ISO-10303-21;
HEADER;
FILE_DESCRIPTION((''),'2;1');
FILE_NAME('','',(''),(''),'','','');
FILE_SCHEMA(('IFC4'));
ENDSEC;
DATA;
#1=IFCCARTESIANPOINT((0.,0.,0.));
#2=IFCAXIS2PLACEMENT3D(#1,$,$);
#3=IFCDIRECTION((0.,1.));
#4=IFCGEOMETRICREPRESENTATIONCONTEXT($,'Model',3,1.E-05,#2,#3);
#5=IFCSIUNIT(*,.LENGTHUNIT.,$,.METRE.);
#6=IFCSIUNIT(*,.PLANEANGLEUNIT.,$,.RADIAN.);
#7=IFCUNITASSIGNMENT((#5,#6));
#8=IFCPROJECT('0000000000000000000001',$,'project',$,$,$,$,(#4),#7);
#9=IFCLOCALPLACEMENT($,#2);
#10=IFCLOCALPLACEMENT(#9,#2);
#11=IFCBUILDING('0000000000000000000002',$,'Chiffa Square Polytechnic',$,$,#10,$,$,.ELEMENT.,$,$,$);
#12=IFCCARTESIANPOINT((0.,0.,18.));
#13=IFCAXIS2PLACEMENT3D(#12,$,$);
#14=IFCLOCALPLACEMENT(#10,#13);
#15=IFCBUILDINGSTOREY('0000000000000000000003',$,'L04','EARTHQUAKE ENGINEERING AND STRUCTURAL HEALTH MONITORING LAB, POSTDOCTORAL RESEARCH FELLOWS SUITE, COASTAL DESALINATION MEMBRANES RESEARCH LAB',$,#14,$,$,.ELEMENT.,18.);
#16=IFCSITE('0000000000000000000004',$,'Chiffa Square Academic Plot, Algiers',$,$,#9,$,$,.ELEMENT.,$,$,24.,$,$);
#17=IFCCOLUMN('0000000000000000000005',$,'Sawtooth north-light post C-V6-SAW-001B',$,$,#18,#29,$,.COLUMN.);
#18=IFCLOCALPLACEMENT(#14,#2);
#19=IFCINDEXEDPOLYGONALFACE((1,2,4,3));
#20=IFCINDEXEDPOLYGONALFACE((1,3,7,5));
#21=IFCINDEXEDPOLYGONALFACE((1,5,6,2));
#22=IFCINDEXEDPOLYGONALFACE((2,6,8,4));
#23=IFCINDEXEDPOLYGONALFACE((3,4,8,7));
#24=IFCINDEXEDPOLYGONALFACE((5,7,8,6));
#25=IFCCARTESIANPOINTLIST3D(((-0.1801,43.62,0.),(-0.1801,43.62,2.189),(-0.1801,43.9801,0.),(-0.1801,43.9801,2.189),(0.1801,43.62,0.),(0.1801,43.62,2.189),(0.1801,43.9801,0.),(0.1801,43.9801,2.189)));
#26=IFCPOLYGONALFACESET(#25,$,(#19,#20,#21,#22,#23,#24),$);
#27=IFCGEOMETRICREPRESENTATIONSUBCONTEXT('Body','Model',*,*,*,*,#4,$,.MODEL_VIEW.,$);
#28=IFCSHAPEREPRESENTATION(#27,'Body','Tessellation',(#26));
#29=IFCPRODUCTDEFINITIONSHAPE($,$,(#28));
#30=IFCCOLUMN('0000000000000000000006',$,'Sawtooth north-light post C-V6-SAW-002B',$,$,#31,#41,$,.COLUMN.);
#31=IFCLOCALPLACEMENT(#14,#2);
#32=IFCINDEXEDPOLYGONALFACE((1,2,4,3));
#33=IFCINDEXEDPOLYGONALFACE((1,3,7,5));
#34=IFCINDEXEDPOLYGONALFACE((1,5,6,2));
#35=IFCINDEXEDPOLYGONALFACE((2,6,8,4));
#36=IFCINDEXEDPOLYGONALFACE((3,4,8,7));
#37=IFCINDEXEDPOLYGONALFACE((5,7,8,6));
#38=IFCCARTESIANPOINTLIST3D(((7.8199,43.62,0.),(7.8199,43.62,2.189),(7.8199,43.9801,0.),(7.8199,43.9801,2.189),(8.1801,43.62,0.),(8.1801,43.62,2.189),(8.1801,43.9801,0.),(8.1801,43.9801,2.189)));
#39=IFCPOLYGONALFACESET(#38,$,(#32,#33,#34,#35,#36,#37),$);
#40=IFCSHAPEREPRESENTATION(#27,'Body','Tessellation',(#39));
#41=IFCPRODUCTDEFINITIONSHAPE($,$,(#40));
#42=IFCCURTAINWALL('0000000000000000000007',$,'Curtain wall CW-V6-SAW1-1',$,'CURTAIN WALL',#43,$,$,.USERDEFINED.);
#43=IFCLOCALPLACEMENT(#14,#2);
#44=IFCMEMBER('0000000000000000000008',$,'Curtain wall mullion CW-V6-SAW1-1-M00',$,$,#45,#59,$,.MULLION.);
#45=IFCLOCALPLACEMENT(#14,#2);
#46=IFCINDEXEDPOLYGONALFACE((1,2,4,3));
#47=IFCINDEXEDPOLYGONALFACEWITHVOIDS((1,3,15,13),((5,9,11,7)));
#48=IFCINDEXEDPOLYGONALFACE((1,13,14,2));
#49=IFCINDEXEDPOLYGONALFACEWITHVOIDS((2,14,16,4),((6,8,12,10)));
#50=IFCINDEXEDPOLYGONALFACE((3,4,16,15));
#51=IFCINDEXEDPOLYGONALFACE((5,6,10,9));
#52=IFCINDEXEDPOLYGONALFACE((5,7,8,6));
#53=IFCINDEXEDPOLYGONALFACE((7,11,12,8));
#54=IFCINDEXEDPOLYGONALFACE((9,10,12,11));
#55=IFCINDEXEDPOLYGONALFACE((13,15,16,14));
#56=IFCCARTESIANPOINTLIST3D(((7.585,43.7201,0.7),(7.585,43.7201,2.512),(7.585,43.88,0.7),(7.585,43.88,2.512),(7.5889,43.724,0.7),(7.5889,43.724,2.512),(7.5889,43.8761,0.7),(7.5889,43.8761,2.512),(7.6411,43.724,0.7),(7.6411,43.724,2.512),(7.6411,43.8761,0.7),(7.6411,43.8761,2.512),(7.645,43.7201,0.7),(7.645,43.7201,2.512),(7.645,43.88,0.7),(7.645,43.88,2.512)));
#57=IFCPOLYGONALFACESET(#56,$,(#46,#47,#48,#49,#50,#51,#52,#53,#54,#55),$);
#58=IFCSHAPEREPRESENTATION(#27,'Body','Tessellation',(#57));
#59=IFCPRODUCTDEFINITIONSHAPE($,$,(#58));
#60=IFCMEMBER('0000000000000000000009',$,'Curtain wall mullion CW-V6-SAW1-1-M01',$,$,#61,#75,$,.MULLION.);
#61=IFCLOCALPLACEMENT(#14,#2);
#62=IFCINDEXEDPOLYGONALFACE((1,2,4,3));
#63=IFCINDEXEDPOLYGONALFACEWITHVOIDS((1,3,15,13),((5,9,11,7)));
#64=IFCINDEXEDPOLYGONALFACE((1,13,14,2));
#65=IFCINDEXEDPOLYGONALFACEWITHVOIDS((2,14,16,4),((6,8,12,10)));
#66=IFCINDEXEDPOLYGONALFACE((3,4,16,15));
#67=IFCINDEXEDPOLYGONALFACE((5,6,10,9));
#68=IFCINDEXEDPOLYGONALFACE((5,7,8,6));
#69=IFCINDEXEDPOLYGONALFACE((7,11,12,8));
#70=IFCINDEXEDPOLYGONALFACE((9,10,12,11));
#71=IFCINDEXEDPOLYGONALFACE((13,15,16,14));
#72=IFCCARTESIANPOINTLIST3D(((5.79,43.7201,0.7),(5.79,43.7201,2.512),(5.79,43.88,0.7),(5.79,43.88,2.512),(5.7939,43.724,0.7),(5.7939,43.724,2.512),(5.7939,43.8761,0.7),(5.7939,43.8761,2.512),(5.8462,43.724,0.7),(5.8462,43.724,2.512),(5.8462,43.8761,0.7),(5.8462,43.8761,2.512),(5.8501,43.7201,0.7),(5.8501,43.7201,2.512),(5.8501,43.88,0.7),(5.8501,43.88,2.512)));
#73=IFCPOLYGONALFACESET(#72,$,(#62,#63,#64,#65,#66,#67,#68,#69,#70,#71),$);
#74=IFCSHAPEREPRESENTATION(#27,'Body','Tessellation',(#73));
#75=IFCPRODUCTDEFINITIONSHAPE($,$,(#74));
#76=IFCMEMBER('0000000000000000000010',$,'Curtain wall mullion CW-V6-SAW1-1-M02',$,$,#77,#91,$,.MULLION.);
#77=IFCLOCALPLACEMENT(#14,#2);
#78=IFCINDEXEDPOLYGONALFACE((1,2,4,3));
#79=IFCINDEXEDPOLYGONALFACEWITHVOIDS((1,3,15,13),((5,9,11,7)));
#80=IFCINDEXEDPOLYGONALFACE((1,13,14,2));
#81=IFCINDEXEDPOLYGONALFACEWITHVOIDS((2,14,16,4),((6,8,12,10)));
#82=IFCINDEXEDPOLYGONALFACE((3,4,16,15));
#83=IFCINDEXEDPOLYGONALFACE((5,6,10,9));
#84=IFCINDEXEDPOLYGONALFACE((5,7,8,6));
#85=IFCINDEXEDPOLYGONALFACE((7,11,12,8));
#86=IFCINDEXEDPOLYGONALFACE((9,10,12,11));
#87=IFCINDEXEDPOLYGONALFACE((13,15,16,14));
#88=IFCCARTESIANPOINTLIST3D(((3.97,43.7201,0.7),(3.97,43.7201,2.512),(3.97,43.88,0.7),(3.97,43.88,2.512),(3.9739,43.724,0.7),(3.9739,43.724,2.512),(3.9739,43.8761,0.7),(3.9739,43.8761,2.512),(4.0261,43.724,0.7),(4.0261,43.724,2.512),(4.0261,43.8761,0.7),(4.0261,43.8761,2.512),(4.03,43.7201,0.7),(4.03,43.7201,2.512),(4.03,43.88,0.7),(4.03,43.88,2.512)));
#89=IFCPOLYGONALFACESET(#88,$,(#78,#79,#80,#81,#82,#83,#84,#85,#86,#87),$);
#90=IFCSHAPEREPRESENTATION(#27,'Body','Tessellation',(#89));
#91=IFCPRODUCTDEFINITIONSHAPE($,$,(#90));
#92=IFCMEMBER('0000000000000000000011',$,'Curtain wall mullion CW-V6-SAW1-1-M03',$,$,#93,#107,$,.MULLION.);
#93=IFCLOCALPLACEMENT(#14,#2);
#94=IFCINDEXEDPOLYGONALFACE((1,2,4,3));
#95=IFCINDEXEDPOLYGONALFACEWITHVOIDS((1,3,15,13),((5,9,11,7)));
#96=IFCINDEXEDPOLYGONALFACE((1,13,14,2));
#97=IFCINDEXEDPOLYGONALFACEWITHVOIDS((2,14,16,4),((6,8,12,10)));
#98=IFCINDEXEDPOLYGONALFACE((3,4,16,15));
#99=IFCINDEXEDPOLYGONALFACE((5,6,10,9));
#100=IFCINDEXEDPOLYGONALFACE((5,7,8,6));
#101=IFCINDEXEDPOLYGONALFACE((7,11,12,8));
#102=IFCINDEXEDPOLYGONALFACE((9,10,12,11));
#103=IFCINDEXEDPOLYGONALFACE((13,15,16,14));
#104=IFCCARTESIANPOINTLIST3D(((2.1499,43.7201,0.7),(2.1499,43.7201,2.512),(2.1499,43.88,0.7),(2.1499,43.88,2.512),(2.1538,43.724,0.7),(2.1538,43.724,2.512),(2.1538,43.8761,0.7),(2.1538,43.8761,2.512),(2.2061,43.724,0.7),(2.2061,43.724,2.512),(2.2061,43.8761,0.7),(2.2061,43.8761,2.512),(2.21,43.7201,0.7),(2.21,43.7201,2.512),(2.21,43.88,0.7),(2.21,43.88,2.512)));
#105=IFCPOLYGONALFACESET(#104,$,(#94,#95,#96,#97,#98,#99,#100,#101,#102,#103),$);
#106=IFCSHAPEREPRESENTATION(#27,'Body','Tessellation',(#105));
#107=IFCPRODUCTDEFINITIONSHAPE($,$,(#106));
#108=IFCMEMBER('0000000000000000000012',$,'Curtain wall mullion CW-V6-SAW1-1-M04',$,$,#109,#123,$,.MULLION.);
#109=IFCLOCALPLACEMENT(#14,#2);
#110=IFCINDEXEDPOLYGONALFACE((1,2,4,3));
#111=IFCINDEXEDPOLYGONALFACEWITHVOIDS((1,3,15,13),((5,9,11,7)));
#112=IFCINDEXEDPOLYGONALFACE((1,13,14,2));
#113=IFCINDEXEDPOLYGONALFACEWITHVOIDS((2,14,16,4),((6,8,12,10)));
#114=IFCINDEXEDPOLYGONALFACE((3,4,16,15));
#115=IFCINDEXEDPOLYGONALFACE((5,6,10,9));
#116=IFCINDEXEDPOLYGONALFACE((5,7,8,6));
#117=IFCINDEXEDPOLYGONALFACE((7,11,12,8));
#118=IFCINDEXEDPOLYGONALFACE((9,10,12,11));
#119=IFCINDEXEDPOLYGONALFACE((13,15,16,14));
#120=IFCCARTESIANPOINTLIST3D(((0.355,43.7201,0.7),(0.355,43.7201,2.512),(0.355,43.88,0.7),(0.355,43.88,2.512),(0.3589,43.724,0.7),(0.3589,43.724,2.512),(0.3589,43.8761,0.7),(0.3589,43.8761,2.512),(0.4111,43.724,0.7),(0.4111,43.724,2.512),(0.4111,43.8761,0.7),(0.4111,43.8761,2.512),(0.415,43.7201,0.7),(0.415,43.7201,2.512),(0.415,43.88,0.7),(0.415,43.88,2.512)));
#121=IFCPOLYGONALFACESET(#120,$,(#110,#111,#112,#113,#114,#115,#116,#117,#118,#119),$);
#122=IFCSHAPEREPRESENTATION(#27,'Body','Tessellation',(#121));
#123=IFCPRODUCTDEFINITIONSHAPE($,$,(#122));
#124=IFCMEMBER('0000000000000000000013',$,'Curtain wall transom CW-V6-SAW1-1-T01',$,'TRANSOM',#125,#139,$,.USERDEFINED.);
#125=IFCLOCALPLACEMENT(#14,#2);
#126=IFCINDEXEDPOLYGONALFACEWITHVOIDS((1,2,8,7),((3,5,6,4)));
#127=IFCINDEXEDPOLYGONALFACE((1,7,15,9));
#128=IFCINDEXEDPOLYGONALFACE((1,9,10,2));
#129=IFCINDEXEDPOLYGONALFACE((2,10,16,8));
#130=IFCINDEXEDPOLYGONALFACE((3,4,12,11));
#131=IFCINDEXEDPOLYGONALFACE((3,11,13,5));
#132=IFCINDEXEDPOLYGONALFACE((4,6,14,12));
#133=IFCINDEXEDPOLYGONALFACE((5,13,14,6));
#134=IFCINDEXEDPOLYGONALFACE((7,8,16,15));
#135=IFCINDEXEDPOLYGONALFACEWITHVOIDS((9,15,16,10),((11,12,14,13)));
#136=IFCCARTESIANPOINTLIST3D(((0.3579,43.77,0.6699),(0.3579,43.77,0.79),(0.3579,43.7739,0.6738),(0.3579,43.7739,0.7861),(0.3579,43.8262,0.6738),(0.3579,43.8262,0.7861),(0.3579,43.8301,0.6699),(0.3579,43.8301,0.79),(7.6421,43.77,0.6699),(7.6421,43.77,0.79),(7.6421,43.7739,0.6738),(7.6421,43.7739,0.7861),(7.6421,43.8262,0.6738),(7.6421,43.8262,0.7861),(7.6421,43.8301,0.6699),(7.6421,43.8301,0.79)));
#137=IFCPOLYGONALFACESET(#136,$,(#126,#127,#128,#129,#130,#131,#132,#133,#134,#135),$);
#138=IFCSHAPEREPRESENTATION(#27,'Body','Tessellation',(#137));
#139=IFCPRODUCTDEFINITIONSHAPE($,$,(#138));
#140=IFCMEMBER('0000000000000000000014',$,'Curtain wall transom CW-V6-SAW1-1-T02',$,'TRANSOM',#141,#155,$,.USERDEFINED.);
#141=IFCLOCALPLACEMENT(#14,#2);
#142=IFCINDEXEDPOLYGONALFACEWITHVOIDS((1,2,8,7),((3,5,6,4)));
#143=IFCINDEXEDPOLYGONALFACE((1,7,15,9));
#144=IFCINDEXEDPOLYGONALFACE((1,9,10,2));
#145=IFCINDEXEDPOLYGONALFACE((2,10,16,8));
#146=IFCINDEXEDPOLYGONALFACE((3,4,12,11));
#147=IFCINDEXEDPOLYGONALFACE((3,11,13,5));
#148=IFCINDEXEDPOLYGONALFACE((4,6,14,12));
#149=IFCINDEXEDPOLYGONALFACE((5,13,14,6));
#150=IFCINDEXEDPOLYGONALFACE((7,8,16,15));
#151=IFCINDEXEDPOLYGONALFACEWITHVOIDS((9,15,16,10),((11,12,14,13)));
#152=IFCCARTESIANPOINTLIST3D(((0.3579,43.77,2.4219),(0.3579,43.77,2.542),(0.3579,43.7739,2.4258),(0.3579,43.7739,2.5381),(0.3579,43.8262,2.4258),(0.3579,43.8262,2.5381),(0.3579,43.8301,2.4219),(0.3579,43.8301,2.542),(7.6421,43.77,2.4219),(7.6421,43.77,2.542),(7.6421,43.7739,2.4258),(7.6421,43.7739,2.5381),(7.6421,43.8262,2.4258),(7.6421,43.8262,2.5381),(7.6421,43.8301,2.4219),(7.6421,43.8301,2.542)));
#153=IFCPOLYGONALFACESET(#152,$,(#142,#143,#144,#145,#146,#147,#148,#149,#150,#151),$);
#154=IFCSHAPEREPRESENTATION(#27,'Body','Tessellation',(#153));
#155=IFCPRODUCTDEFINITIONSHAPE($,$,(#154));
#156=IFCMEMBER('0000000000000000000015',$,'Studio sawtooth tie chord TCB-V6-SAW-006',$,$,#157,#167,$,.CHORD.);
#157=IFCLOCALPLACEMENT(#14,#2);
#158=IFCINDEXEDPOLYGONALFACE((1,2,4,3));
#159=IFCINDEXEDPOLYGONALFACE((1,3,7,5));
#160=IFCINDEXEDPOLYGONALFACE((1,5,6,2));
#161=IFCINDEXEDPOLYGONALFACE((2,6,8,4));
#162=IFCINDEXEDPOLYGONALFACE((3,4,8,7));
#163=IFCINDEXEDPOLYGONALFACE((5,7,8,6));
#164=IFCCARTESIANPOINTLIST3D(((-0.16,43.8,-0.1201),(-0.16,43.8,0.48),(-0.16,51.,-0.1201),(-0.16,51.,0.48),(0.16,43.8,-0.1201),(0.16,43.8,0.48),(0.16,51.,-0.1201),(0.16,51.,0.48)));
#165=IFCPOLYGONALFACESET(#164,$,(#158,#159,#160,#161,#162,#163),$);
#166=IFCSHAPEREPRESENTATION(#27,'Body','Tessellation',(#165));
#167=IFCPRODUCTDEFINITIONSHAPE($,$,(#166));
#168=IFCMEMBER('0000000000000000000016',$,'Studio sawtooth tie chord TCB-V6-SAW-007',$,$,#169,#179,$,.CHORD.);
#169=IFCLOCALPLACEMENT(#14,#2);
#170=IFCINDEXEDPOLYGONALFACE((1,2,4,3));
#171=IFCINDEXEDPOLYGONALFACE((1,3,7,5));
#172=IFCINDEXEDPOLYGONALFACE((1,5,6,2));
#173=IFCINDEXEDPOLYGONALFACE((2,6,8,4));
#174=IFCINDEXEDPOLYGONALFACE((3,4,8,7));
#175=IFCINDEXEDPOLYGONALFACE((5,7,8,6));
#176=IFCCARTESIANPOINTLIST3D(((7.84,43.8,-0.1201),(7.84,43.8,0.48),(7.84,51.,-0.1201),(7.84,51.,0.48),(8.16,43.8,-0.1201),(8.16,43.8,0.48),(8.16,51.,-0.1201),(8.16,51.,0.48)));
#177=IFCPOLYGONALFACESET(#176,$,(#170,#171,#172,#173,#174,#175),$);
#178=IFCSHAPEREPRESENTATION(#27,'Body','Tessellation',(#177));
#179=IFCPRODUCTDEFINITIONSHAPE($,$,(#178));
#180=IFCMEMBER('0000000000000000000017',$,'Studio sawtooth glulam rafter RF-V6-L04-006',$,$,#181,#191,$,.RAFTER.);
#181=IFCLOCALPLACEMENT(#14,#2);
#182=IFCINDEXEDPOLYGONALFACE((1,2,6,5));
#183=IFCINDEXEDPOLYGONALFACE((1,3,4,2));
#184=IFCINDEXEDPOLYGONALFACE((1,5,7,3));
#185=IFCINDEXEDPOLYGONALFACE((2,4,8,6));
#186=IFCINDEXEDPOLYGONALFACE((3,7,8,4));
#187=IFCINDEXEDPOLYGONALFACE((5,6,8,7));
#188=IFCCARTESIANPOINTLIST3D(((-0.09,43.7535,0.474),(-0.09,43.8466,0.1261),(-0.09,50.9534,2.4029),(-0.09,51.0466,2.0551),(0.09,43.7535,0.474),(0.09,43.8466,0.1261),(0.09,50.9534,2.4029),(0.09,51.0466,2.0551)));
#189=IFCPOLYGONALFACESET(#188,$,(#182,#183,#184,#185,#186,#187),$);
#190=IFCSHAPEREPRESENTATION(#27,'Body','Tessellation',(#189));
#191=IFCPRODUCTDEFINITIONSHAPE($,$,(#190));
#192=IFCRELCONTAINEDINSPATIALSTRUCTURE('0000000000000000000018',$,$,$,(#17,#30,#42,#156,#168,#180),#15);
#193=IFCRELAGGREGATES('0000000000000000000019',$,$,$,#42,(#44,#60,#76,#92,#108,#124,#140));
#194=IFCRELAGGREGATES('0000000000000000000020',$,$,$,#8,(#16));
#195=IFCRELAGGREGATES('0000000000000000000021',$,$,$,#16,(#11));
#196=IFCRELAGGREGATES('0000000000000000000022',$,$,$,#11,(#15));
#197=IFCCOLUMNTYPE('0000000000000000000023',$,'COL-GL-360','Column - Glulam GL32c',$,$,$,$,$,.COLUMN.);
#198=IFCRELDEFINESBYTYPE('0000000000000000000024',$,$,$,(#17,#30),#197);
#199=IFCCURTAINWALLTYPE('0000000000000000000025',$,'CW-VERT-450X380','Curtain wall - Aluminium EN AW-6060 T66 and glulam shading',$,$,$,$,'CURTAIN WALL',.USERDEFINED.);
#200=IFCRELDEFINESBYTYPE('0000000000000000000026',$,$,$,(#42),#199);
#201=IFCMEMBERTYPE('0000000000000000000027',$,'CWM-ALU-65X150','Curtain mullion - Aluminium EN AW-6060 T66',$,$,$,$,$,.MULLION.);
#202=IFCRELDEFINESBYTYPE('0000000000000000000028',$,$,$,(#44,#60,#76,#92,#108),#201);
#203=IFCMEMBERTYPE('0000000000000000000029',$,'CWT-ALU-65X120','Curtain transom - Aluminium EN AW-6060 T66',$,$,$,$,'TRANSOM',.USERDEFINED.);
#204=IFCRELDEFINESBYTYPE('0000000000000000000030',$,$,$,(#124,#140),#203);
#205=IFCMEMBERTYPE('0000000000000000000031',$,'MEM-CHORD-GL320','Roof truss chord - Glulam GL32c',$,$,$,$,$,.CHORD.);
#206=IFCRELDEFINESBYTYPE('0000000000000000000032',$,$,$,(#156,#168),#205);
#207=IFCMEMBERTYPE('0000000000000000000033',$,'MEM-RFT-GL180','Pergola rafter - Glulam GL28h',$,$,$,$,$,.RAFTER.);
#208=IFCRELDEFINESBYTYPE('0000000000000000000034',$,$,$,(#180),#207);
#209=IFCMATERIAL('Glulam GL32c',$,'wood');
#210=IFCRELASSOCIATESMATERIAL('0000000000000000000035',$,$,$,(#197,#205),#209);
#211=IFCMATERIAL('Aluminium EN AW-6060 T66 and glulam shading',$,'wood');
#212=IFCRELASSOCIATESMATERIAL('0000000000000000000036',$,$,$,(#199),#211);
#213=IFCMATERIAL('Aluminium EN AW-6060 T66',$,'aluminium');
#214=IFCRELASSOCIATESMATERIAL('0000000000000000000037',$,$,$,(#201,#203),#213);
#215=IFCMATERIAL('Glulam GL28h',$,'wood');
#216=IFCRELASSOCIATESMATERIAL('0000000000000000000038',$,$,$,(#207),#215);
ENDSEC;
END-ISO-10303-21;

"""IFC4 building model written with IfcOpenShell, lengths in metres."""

from ifc_helpers import new_model, si_unit, direction, frame, origin, origin_2d, place, context, subcontext, project, spatial, rectangle, hollow_rectangle, extrude, material, material_profile, profile_set, type_object, element, aggregate, save


model = new_model("IFC4")

# Units and contexts
model_context = context("Model", 3, precision=1e-05, world=origin(), true_north=direction((0.0, 1.0)))
body_context = subcontext(model_context, "Body", "Model", "MODEL_VIEW")
ifc_project = project(units=[si_unit("LENGTHUNIT", "METRE"), si_unit("PLANEANGLEUNIT", "RADIAN")], contexts=[model_context])

# Site, building, storey
site_placement = place(None, origin())
site = spatial("IfcSite", under=ifc_project, at=site_placement, Name="Chiffa Square Academic Plot, Algiers", CompositionType="ELEMENT", RefElevation=24.0)
building_placement = place(site_placement, origin())
building = spatial("IfcBuilding", under=site, at=building_placement, Name="Chiffa Square Polytechnic", CompositionType="ELEMENT")
storey_placement = place(building_placement, frame((0.0, 0.0, 18.0)))
storey = spatial("IfcBuildingStorey", under=building, at=storey_placement, Name="L04", Description="EARTHQUAKE ENGINEERING AND STRUCTURAL HEALTH MONITORING LAB, POSTDOCTORAL RESEARCH FELLOWS SUITE, COASTAL DESALINATION MEMBRANES RESEARCH LAB", CompositionType="ELEMENT", Elevation=18.0)

# Columns
ifc_material_1 = material(Name="Glulam GL32c", Category="wood")
ifc_material_profile_1 = material_profile(ifc_material_1, rectangle(XDim=0.3601, YDim=0.3601, at=origin_2d()), Name="GL32c 360x360")
ifc_profile_set_1 = profile_set([ifc_material_profile_1], Name="Glulam GL32c")
column_type = type_object("IfcColumnType", Name="COL-GL-360", Description="Column - Glulam GL32c", PredefinedType="COLUMN", material=ifc_profile_set_1)
for number, where, z_axis, x_axis, name in (
    (1, (0.0, 43.8, 0.0), (0.0, 0.0, 1.0), (1.0, 0.0, 0.0), "Sawtooth north-light post C-V6-SAW-001B"),
    (2, (8.0, 43.8, 0.0), (0.0, 0.0, 1.0), (1.0, 0.0, 0.0), "Sawtooth north-light post C-V6-SAW-002B"),
):
    element("IfcColumn", number, at=place(storey_placement, frame(where, z_axis=z_axis, x_axis=x_axis)), inside=storey, type_object=column_type, Name=name, PredefinedType="COLUMN", context=body_context, shape_type="SweptSolid", body=[
        extrude(rectangle(XDim=0.3601, YDim=0.3601, at=origin_2d()), origin(), (0.0, 0.0, 1.0), 2.189),
    ])

# Curtain wall, members
ifc_material_2 = material(Name="Aluminium EN AW-6060 T66 and glulam shading", Category="wood")
curtain_wall_type = type_object("IfcCurtainWallType", Name="CW-VERT-450X380", Description="Curtain wall - Aluminium EN AW-6060 T66 and glulam shading", ElementType="CURTAIN WALL", PredefinedType="USERDEFINED", material=ifc_material_2)
curtain_wall_placement = place(storey_placement, origin())
curtain_wall = element("IfcCurtainWall", 3, at=curtain_wall_placement, inside=storey, type_object=curtain_wall_type, Name="Curtain wall CW-V6-SAW1-1", ObjectType="CURTAIN WALL", PredefinedType="USERDEFINED")
ifc_material_3 = material(Name="Aluminium EN AW-6060 T66", Category="aluminium")
ifc_material_profile_2 = material_profile(ifc_material_3, hollow_rectangle(XDim=0.0601, YDim=0.1599, WallThickness=0.0039, at=origin_2d()), Name="ALU 60x160x4")
ifc_profile_set_2 = profile_set([ifc_material_profile_2], Name="Aluminium EN AW-6060 T66")
member_type_1 = type_object("IfcMemberType", Name="CWM-ALU-65X150", Description="Curtain mullion - Aluminium EN AW-6060 T66", PredefinedType="MULLION", material=ifc_profile_set_2)
member_1_placement = place(storey_placement, frame((7.615, 43.8, 0.7), z_axis=(0.0, 0.0, 1.0), x_axis=(1.0, 0.0, 0.0)))
member_1 = element("IfcMember", 4, at=member_1_placement, type_object=member_type_1, Name="Curtain wall mullion CW-V6-SAW1-1-M00", PredefinedType="MULLION", context=body_context, shape_type="SweptSolid", body=[
    extrude(hollow_rectangle(XDim=0.0601, YDim=0.1599, WallThickness=0.0039, at=origin_2d()), origin(), (0.0, 0.0, 1.0), 1.812),
])
member_2_placement = place(storey_placement, frame((5.8201, 43.8, 0.7), z_axis=(0.0, 0.0, 1.0), x_axis=(1.0, 0.0, 0.0)))
member_2 = element("IfcMember", 5, at=member_2_placement, type_object=member_type_1, Name="Curtain wall mullion CW-V6-SAW1-1-M01", PredefinedType="MULLION", context=body_context, shape_type="SweptSolid", body=[
    extrude(hollow_rectangle(XDim=0.0601, YDim=0.1599, WallThickness=0.0039, at=origin_2d()), origin(), (0.0, 0.0, 1.0), 1.812),
])
member_3_placement = place(storey_placement, frame((4.0, 43.8, 0.7), z_axis=(0.0, 0.0, 1.0), x_axis=(1.0, 0.0, 0.0)))
member_3 = element("IfcMember", 6, at=member_3_placement, type_object=member_type_1, Name="Curtain wall mullion CW-V6-SAW1-1-M02", PredefinedType="MULLION", context=body_context, shape_type="SweptSolid", body=[
    extrude(hollow_rectangle(XDim=0.0601, YDim=0.1599, WallThickness=0.0039, at=origin_2d()), origin(), (0.0, 0.0, 1.0), 1.812),
])
member_4_placement = place(storey_placement, frame((2.1799, 43.8, 0.7), z_axis=(0.0, 0.0, 1.0), x_axis=(1.0, 0.0, 0.0)))
member_4 = element("IfcMember", 7, at=member_4_placement, type_object=member_type_1, Name="Curtain wall mullion CW-V6-SAW1-1-M03", PredefinedType="MULLION", context=body_context, shape_type="SweptSolid", body=[
    extrude(hollow_rectangle(XDim=0.0601, YDim=0.1599, WallThickness=0.0039, at=origin_2d()), origin(), (0.0, 0.0, 1.0), 1.812),
])
member_5_placement = place(storey_placement, frame((0.385, 43.8, 0.7), z_axis=(0.0, 0.0, 1.0), x_axis=(1.0, 0.0, 0.0)))
member_5 = element("IfcMember", 8, at=member_5_placement, type_object=member_type_1, Name="Curtain wall mullion CW-V6-SAW1-1-M04", PredefinedType="MULLION", context=body_context, shape_type="SweptSolid", body=[
    extrude(hollow_rectangle(XDim=0.0601, YDim=0.1599, WallThickness=0.0039, at=origin_2d()), origin(), (0.0, 0.0, 1.0), 1.812),
])
ifc_material_profile_3 = material_profile(ifc_material_3, hollow_rectangle(XDim=0.0601, YDim=0.1201, WallThickness=0.0039, at=origin_2d()), Name="ALU 60x120x4")
ifc_profile_set_3 = profile_set([ifc_material_profile_3], Name="Aluminium EN AW-6060 T66")
member_type_2 = type_object("IfcMemberType", Name="CWT-ALU-65X120", Description="Curtain transom - Aluminium EN AW-6060 T66", ElementType="TRANSOM", PredefinedType="USERDEFINED", material=ifc_profile_set_3)
member_6_placement = place(storey_placement, frame((7.6421, 43.8, 0.73), z_axis=(-1.0, 0.0, 0.0), x_axis=(0.0, -1.0, 0.0)))
member_6 = element("IfcMember", 9, at=member_6_placement, type_object=member_type_2, Name="Curtain wall transom CW-V6-SAW1-1-T01", ObjectType="TRANSOM", PredefinedType="USERDEFINED", context=body_context, shape_type="SweptSolid", body=[
    extrude(hollow_rectangle(XDim=0.0601, YDim=0.1201, WallThickness=0.0039, at=origin_2d()), origin(), (0.0, 0.0, 1.0), 7.2842),
])
member_7_placement = place(storey_placement, frame((7.6421, 43.8, 2.4819), z_axis=(-1.0, 0.0, 0.0), x_axis=(0.0, -1.0, 0.0)))
member_7 = element("IfcMember", 10, at=member_7_placement, type_object=member_type_2, Name="Curtain wall transom CW-V6-SAW1-1-T02", ObjectType="TRANSOM", PredefinedType="USERDEFINED", context=body_context, shape_type="SweptSolid", body=[
    extrude(hollow_rectangle(XDim=0.0601, YDim=0.1201, WallThickness=0.0039, at=origin_2d()), origin(), (0.0, 0.0, 1.0), 7.2842),
])

# Members
ifc_material_profile_4 = material_profile(ifc_material_1, rectangle(XDim=0.3201, YDim=0.6001, at=origin_2d()), Name="GL32c 320x600")
ifc_profile_set_4 = profile_set([ifc_material_profile_4], Name="Glulam GL32c")
member_type_3 = type_object("IfcMemberType", Name="MEM-CHORD-GL320", Description="Roof truss chord - Glulam GL32c", PredefinedType="CHORD", material=ifc_profile_set_4)
for number, where, z_axis, x_axis, name in (
    (11, (0.0, 43.8, 0.1799), (0.0, 1.0, 0.0), (-1.0, 0.0, 0.0), "Studio sawtooth tie chord TCB-V6-SAW-006"),
    (12, (8.0, 43.8, 0.1799), (0.0, 1.0, 0.0), (-1.0, 0.0, 0.0), "Studio sawtooth tie chord TCB-V6-SAW-007"),
):
    element("IfcMember", number, at=place(storey_placement, frame(where, z_axis=z_axis, x_axis=x_axis)), inside=storey, type_object=member_type_3, Name=name, PredefinedType="CHORD", context=body_context, shape_type="SweptSolid", body=[
        extrude(rectangle(XDim=0.3201, YDim=0.6001, at=origin_2d()), origin(), (0.0, 0.0, 1.0), 7.2),
    ])
ifc_material_4 = material(Name="Glulam GL28h", Category="wood")
ifc_material_profile_5 = material_profile(ifc_material_4, rectangle(XDim=0.1799, YDim=0.3601, at=origin_2d()), Name="GL28h 180x360")
ifc_profile_set_5 = profile_set([ifc_material_profile_5], Name="Glulam GL28h")
member_type_4 = type_object("IfcMemberType", Name="MEM-RFT-GL180", Description="Pergola rafter - Glulam GL28h", PredefinedType="RAFTER", material=ifc_profile_set_5)
for number, where, z_axis, x_axis, name in (
    (13, (0.0, 43.8, 0.3), (0.0, 0.965935, 0.258786), (-1.0, 0.0, 0.0), "Studio sawtooth glulam rafter RF-V6-L04-006"),
):
    element("IfcMember", number, at=place(storey_placement, frame(where, z_axis=z_axis, x_axis=x_axis)), inside=storey, type_object=member_type_4, Name=name, PredefinedType="RAFTER", context=body_context, shape_type="SweptSolid", body=[
        extrude(rectangle(XDim=0.1799, YDim=0.3601, at=origin_2d()), origin(), (0.0, 0.0, 1.0), 7.4539),
    ])

aggregate(curtain_wall, [member_1, member_2, member_3, member_4, member_5, member_6, member_7])

save(model, "model.ifc")
